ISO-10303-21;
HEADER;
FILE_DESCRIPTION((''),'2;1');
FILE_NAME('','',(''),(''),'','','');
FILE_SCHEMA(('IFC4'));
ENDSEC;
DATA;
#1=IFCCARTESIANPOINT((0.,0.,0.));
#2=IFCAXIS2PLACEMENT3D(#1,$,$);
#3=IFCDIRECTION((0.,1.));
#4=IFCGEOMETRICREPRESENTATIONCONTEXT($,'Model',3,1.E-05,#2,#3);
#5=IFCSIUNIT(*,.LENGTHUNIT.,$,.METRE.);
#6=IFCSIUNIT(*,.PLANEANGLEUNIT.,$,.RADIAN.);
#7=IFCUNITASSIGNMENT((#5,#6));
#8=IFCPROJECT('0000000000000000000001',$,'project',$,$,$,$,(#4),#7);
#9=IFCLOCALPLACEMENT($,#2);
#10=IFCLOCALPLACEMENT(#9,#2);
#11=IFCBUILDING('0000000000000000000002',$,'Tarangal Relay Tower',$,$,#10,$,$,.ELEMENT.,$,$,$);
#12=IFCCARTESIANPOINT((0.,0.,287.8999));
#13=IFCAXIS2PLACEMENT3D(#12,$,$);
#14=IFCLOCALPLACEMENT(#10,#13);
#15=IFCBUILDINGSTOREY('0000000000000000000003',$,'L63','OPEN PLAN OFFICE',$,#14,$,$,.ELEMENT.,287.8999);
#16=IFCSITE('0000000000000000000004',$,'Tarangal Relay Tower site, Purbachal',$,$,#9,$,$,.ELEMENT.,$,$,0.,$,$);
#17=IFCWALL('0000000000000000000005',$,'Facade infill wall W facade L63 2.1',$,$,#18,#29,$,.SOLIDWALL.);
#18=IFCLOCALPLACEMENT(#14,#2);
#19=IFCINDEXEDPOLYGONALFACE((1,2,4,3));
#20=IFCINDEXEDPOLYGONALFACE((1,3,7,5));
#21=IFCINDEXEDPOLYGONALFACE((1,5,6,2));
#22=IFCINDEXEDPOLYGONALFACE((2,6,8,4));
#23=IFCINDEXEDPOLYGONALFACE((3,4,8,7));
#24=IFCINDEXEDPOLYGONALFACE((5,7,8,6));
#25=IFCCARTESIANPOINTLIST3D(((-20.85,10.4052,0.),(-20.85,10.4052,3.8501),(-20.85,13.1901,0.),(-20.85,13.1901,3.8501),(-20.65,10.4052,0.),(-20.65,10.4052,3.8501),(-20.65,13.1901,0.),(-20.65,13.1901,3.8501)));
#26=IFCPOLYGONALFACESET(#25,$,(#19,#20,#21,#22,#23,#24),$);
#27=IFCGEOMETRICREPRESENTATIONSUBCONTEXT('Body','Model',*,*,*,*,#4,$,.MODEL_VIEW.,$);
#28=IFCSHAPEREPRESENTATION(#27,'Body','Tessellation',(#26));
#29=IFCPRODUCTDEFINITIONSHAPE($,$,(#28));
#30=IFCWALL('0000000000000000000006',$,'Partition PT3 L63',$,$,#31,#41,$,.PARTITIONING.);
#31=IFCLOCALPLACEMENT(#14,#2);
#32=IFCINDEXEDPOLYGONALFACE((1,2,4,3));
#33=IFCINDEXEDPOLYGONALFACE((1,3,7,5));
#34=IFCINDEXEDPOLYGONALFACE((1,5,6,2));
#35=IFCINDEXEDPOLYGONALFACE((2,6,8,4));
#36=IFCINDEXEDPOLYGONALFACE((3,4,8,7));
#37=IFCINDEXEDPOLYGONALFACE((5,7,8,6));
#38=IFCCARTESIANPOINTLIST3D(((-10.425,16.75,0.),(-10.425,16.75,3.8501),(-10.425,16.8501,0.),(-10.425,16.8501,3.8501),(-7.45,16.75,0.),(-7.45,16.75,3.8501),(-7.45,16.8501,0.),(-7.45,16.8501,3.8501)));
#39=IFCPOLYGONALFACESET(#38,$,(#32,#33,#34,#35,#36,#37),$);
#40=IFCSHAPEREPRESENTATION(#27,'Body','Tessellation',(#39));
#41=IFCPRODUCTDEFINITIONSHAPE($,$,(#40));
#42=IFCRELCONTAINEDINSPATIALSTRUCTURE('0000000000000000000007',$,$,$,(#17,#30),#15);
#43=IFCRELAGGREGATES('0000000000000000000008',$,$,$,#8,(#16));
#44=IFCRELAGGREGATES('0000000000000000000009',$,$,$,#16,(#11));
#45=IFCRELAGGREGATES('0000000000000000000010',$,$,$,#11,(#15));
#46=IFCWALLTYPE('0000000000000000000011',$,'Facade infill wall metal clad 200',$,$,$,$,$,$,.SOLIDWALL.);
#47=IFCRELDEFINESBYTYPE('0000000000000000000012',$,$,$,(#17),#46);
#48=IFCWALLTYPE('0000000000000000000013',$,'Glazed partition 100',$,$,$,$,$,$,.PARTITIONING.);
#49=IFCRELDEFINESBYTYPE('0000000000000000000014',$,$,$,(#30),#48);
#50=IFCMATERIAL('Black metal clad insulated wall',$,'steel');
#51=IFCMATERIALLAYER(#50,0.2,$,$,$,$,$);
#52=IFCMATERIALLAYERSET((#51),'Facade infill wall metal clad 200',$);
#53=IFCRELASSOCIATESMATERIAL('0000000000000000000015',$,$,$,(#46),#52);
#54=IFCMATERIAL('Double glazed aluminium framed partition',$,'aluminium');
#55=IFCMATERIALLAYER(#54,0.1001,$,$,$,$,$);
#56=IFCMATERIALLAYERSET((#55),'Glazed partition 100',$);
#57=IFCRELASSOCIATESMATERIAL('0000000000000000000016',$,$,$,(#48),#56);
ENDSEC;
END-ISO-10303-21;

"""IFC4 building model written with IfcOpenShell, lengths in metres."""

from ifc_helpers import new_model, si_unit, direction, frame, frame_2d, origin, place, context, subcontext, project, spatial, rectangle, extrude, material, layer, layer_set, type_object, element, save


model = new_model("IFC4")

# Units and contexts
model_context = context("Model", 3, precision=1e-05, world=origin(), true_north=direction((0.0, 1.0)))
body_context = subcontext(model_context, "Body", "Model", "MODEL_VIEW")
ifc_project = project(units=[si_unit("LENGTHUNIT", "METRE"), si_unit("PLANEANGLEUNIT", "RADIAN")], contexts=[model_context])

# Site, building, storey
site_placement = place(None, origin())
site = spatial("IfcSite", under=ifc_project, at=site_placement, Name="Tarangal Relay Tower site, Purbachal", CompositionType="ELEMENT", RefElevation=0.0)
building_placement = place(site_placement, origin())
building = spatial("IfcBuilding", under=site, at=building_placement, Name="Tarangal Relay Tower", CompositionType="ELEMENT")
storey_placement = place(building_placement, frame((0.0, 0.0, 287.8999)))
storey = spatial("IfcBuildingStorey", under=building, at=storey_placement, Name="L63", Description="OPEN PLAN OFFICE", CompositionType="ELEMENT", Elevation=287.8999)

# Shared definitions
ifc_material_1 = material(Name="Black metal clad insulated wall", Category="steel")

# Walls
ifc_layer_1 = layer(ifc_material_1, 0.2)
ifc_layer_set_1 = layer_set([ifc_layer_1], Name="Facade infill wall metal clad 200")
wall_type_1 = type_object("IfcWallType", Name="Facade infill wall metal clad 200", PredefinedType="SOLIDWALL", material=ifc_layer_set_1)
for number, where, z_axis, x_axis, name in (
    (1, (-20.75, 10.405, 0.0), (0.0, 0.0, 1.0), (0.0, 1.0, 0.0), "Facade infill wall W facade L63 2.1"),
):
    element("IfcWall", number, at=place(storey_placement, frame(where, z_axis=z_axis, x_axis=x_axis)), inside=storey, type_object=wall_type_1, Name=name, PredefinedType="SOLIDWALL", context=body_context, shape_type="SweptSolid", body=[
        extrude(rectangle(XDim=2.7849, YDim=0.2, at=frame_2d((1.3926, 0.0))), origin(), (0.0, 0.0, 1.0), 3.8501),
    ])
ifc_material_2 = material(Name="Double glazed aluminium framed partition", Category="aluminium")
ifc_layer_2 = layer(ifc_material_2, 0.1001)
ifc_layer_set_2 = layer_set([ifc_layer_2], Name="Glazed partition 100")
wall_type_2 = type_object("IfcWallType", Name="Glazed partition 100", PredefinedType="PARTITIONING", material=ifc_layer_set_2)
wall_1_placement = place(storey_placement, frame((-10.425, 16.8, 0.0), z_axis=(0.0, 0.0, 1.0), x_axis=(1.0, 0.0, 0.0)))
element("IfcWall", 2, at=wall_1_placement, inside=storey, type_object=wall_type_2, Name="Partition PT3 L63", PredefinedType="PARTITIONING", context=body_context, shape_type="SweptSolid", body=[
    extrude(rectangle(XDim=2.9751, YDim=0.1001, at=frame_2d((1.4875, 0.0))), origin(), (0.0, 0.0, 1.0), 3.8501),
])

save(model, "model.ifc")
